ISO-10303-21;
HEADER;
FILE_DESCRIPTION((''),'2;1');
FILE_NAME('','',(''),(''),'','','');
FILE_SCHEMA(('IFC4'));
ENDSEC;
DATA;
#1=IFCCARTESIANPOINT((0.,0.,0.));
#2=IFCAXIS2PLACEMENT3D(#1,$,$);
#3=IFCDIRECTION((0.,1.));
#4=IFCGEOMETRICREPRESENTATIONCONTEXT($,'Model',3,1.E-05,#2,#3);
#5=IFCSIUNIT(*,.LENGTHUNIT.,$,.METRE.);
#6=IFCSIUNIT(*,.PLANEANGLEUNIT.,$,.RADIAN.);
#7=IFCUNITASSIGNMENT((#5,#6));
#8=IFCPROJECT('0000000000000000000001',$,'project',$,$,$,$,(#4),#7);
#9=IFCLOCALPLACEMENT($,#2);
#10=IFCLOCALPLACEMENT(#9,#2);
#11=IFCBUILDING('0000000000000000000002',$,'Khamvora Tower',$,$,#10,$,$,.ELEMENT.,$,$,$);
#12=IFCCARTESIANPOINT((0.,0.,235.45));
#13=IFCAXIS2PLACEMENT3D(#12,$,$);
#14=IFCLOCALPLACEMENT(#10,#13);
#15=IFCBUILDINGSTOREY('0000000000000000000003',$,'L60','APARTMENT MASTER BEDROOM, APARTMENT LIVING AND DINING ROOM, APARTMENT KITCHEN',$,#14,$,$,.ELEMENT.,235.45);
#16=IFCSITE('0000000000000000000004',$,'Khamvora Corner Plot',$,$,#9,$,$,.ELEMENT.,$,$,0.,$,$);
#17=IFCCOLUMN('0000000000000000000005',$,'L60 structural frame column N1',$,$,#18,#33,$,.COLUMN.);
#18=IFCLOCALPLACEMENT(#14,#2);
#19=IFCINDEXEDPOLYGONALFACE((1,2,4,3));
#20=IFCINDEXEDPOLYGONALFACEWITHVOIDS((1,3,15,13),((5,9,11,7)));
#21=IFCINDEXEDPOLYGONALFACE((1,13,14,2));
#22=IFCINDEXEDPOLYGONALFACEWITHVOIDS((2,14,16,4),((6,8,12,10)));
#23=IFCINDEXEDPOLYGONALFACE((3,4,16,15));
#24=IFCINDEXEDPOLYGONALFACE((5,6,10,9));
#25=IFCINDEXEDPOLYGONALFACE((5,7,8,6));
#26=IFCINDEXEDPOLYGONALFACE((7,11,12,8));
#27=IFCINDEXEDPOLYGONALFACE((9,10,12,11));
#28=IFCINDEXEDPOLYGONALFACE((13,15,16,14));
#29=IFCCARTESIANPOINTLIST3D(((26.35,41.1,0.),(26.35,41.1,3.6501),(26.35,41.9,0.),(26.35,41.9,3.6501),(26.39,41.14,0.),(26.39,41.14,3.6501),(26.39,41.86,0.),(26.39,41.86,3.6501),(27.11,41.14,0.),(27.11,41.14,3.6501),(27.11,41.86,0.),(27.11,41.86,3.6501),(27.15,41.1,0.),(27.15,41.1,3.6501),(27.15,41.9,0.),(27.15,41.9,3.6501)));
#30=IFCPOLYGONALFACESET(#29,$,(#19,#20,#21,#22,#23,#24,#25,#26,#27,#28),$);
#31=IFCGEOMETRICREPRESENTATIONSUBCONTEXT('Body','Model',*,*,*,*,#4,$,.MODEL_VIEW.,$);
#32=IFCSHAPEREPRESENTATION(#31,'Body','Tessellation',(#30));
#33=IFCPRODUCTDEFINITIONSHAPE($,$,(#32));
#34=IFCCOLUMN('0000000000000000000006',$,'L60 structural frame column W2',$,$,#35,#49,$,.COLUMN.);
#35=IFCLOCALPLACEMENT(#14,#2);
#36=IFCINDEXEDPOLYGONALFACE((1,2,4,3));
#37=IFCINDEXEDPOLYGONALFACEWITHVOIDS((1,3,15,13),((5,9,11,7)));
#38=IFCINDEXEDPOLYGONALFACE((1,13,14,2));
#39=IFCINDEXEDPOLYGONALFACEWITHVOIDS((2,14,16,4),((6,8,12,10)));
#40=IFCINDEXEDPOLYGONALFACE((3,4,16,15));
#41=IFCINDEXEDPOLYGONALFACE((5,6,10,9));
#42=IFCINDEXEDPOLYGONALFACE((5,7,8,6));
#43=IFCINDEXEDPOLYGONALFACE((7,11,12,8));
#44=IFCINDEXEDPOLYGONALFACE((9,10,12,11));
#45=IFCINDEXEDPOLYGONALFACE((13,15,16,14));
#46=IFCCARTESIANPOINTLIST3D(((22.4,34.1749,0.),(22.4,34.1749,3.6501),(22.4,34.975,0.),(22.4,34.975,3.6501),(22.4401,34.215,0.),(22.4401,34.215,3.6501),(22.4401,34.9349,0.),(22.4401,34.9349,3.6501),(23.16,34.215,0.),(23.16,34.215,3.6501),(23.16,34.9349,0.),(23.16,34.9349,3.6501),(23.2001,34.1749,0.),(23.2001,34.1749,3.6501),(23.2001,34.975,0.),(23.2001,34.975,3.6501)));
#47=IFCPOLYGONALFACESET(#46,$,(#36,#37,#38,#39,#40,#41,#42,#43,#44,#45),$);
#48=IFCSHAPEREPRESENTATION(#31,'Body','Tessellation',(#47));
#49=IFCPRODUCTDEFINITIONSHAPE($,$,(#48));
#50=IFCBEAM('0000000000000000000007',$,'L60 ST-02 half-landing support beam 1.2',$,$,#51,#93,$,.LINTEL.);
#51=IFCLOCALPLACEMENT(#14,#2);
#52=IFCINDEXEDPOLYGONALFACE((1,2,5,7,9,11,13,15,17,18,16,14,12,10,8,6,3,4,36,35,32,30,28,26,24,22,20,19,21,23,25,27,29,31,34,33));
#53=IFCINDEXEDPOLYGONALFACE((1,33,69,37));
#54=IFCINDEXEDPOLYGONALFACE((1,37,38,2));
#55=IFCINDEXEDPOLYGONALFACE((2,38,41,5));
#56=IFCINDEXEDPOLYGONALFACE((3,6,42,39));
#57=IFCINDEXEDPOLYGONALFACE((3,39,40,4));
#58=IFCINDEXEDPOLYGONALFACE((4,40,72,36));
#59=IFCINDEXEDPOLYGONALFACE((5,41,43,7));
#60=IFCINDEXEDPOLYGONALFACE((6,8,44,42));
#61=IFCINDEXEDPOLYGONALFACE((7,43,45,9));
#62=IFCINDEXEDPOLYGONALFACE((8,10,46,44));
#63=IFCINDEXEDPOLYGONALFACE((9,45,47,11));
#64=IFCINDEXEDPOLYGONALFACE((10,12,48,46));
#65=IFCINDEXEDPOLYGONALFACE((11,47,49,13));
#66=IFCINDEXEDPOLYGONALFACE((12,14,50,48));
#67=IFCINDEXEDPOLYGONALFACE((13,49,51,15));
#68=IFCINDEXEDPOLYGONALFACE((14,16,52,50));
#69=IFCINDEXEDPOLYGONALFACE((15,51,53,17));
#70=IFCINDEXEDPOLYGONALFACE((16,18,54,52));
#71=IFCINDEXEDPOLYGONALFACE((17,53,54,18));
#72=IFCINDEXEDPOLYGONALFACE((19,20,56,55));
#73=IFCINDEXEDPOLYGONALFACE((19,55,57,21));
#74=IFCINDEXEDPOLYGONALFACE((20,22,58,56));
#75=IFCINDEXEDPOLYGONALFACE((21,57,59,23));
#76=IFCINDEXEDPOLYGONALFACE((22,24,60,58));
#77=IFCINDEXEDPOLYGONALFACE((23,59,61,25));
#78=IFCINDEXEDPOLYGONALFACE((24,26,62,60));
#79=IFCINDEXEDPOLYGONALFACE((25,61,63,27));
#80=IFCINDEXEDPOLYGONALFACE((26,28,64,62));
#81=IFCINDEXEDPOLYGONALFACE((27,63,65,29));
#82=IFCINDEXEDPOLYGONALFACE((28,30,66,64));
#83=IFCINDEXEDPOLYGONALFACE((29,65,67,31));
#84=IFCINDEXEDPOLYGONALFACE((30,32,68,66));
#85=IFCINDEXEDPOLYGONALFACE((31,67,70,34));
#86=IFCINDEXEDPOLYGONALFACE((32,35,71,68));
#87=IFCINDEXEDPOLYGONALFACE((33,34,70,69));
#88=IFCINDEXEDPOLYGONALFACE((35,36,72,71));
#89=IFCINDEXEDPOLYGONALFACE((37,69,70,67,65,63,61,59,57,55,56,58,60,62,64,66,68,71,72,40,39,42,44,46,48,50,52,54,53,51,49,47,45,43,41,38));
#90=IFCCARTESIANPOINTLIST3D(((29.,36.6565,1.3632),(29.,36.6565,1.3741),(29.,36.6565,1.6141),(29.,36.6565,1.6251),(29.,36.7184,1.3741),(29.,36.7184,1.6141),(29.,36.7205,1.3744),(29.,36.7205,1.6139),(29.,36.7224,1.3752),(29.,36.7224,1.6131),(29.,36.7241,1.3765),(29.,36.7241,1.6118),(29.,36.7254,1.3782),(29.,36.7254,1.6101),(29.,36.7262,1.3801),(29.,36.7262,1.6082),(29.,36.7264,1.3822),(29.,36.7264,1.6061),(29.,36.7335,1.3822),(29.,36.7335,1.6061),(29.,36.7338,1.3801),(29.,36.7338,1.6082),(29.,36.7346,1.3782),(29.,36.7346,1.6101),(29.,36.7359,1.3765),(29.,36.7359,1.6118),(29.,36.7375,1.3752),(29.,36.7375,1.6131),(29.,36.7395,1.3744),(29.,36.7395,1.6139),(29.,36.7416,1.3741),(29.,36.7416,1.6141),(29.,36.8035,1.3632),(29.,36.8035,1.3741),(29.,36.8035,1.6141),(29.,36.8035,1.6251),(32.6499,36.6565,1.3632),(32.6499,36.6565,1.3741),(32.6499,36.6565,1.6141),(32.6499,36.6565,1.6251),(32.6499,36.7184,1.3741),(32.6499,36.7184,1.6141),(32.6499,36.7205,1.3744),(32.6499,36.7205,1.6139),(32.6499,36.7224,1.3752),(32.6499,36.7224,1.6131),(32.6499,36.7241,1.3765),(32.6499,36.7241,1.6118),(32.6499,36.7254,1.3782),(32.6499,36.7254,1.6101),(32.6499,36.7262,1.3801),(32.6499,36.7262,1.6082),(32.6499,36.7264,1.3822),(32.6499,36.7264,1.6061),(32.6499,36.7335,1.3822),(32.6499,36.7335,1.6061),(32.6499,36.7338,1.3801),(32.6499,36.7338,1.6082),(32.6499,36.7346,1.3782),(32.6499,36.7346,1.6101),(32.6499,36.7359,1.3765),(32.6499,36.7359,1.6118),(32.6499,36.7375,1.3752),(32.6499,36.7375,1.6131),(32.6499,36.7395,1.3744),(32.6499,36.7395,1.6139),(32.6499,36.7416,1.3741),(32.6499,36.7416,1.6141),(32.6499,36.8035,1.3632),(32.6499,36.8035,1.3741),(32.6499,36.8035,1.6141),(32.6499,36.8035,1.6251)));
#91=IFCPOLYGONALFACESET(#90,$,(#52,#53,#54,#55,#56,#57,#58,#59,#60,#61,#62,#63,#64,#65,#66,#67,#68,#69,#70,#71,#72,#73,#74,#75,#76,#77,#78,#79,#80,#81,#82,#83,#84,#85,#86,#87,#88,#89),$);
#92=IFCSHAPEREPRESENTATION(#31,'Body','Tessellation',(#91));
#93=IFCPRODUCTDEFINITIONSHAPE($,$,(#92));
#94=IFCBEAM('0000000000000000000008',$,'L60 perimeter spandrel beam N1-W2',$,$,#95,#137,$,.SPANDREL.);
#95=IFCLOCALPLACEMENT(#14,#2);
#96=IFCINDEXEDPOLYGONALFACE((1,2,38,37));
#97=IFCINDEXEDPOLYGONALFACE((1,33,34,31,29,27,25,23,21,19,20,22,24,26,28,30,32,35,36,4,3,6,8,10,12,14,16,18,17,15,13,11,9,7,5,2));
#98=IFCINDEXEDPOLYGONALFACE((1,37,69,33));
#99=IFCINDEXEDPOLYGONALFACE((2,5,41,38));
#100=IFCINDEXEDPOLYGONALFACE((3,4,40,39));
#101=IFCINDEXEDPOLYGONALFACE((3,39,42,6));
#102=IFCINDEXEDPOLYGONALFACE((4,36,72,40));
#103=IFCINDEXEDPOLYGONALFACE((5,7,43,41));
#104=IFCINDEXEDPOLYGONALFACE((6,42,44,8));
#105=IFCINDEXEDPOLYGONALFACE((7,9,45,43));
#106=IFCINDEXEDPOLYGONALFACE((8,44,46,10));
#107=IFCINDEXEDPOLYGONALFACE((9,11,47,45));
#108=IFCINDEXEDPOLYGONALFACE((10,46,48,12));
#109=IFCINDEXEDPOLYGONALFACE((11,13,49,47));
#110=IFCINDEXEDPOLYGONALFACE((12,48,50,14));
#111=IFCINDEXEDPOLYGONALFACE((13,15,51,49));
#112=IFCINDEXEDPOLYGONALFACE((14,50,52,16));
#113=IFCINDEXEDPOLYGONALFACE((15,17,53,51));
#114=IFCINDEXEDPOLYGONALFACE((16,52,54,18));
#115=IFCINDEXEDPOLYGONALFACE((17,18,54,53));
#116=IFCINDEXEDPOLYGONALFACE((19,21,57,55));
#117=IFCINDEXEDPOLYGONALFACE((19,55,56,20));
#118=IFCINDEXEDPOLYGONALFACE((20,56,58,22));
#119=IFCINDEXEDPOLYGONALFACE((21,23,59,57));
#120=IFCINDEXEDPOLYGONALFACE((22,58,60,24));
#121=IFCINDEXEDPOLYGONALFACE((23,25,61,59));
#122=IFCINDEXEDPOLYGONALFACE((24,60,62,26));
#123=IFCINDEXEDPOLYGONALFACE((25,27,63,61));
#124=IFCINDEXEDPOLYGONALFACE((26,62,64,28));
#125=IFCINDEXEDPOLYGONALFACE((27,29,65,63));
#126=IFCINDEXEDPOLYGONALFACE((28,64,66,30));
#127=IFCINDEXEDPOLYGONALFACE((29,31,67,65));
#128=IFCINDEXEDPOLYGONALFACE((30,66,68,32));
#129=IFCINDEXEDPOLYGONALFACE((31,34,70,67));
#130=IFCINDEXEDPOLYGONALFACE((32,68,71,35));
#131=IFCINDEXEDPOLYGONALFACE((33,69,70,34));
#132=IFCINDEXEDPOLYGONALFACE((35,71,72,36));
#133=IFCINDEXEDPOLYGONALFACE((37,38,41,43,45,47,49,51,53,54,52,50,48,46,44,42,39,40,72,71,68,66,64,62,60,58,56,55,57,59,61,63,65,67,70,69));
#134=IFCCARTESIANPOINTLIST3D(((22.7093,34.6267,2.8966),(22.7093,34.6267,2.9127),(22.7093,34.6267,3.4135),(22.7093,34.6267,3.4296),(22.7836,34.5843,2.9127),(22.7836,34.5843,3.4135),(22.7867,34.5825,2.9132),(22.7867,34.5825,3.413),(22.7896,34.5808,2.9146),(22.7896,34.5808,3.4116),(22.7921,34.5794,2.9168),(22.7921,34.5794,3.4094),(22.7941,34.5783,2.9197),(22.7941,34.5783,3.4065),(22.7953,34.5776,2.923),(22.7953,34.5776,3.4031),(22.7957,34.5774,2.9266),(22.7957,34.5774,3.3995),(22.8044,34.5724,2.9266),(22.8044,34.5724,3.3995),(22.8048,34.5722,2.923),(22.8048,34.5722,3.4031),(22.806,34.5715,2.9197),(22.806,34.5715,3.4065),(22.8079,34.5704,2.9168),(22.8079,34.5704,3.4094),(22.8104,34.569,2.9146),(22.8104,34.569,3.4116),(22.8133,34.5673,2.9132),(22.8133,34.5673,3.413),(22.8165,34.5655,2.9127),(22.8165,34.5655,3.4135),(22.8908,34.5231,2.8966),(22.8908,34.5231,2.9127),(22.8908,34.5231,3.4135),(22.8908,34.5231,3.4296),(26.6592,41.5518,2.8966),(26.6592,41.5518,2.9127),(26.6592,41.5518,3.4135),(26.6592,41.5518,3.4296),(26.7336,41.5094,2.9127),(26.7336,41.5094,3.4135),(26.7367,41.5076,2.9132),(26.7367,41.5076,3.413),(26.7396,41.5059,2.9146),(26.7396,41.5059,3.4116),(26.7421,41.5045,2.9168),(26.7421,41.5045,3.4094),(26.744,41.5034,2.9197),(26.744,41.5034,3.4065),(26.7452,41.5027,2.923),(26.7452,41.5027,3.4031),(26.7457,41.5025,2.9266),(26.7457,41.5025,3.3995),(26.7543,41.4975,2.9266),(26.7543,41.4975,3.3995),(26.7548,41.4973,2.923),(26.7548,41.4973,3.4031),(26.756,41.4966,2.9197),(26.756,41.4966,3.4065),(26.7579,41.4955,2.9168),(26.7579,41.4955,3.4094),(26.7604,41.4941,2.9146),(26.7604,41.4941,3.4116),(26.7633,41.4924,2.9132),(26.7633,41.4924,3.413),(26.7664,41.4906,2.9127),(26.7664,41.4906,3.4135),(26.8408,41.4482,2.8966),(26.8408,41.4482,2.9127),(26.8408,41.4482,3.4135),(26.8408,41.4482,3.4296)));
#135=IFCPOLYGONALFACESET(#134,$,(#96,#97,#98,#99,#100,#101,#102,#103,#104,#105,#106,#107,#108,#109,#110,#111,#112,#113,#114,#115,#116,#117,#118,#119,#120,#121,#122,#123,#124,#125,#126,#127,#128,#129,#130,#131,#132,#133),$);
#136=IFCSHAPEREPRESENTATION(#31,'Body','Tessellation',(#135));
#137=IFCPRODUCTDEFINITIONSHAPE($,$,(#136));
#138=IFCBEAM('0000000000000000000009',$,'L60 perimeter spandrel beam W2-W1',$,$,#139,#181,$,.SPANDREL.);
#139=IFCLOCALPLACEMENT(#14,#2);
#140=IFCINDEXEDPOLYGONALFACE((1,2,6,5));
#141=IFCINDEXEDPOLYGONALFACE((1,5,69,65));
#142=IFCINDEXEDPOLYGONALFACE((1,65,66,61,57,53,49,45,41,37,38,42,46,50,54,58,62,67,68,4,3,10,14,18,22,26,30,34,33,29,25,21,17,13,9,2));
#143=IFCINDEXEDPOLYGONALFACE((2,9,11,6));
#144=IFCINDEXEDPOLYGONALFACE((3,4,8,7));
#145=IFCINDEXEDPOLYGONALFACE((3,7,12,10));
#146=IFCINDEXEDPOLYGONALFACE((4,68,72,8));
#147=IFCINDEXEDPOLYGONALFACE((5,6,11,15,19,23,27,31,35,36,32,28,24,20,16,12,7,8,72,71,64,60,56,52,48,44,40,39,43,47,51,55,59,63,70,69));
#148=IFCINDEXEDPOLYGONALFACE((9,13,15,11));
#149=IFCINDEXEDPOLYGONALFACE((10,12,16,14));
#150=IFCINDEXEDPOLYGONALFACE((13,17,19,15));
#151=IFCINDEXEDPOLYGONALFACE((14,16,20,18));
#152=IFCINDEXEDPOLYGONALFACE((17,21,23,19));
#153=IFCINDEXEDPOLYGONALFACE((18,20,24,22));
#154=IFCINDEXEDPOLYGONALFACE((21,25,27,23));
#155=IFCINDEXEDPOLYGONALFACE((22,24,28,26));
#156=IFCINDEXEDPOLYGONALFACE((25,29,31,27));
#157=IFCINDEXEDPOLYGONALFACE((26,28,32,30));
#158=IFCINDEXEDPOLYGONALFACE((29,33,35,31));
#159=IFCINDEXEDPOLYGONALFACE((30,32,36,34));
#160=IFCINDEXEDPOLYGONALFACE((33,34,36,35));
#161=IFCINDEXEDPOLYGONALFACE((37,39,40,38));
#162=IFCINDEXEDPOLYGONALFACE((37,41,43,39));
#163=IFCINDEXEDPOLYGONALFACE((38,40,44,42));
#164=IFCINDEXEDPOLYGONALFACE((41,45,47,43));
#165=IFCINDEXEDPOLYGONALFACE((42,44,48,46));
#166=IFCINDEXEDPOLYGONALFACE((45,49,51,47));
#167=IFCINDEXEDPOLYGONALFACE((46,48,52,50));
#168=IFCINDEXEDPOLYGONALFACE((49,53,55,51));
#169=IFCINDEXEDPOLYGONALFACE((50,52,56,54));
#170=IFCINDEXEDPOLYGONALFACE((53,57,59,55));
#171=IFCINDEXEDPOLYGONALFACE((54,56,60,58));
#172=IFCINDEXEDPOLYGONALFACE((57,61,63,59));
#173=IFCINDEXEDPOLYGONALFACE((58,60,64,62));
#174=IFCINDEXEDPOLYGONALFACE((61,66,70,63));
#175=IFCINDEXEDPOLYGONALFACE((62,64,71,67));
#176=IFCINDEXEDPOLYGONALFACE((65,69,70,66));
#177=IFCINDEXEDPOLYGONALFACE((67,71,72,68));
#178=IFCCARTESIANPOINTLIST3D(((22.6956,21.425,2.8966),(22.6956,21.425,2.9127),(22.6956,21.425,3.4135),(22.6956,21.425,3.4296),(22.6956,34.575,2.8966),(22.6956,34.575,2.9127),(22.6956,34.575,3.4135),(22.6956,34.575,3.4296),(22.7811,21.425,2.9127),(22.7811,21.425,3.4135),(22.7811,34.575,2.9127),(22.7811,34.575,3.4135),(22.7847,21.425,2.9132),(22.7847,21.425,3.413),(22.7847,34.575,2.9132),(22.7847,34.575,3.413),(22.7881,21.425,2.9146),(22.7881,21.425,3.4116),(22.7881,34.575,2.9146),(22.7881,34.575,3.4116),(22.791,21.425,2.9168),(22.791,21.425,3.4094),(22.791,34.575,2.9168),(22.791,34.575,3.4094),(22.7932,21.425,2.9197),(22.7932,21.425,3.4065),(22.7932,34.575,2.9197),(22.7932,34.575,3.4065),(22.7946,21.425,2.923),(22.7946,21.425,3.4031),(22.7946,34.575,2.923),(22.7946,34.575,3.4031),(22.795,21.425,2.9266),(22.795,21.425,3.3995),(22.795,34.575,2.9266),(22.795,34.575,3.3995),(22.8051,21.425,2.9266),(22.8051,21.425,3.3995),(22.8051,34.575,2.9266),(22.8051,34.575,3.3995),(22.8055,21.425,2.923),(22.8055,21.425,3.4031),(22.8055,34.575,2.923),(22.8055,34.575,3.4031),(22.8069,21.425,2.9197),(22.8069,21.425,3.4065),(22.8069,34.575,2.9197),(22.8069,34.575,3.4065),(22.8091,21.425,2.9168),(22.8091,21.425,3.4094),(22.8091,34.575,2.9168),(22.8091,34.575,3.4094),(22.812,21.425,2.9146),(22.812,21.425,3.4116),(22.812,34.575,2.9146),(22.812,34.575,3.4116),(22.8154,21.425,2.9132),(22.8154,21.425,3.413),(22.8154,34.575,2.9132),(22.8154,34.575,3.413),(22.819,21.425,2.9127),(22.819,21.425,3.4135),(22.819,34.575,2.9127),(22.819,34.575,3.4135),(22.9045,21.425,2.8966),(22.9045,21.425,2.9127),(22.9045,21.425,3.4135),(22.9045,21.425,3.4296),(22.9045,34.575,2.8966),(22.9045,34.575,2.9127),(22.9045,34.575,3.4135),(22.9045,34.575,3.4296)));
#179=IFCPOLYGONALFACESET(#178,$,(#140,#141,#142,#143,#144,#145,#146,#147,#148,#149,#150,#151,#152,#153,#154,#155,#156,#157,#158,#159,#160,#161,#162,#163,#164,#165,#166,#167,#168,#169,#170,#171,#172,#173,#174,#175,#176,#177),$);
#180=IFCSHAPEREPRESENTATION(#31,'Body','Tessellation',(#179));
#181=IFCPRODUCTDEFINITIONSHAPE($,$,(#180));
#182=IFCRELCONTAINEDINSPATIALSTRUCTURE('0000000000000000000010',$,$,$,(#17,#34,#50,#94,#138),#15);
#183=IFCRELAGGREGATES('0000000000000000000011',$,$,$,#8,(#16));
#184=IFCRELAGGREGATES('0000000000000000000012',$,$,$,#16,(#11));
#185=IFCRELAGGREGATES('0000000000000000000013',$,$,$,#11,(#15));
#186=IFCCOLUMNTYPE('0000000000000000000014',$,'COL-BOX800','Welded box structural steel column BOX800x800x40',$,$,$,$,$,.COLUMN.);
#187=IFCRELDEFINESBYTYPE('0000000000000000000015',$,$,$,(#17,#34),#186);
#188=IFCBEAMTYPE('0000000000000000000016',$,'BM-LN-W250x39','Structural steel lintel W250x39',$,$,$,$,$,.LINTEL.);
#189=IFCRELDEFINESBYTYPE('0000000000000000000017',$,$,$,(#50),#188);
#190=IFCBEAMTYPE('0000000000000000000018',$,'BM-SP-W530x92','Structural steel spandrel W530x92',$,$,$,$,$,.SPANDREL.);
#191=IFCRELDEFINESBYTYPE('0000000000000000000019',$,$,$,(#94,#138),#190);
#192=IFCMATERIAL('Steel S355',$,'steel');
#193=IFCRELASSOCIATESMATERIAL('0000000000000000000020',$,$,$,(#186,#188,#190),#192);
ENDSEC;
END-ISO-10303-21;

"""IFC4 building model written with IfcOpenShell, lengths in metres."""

from ifc_helpers import new_model, si_unit, direction, frame, origin, origin_2d, place, context, subcontext, project, spatial, hollow_rectangle, i_section, extrude, material, material_profile, profile_set, type_object, element, save


model = new_model("IFC4")

# Units and contexts
model_context = context("Model", 3, precision=1e-05, world=origin(), true_north=direction((0.0, 1.0)))
body_context = subcontext(model_context, "Body", "Model", "MODEL_VIEW")
ifc_project = project(units=[si_unit("LENGTHUNIT", "METRE"), si_unit("PLANEANGLEUNIT", "RADIAN")], contexts=[model_context])

# Site, building, storey
site_placement = place(None, origin())
site = spatial("IfcSite", under=ifc_project, at=site_placement, Name="Khamvora Corner Plot", CompositionType="ELEMENT", RefElevation=0.0)
building_placement = place(site_placement, origin())
building = spatial("IfcBuilding", under=site, at=building_placement, Name="Khamvora Tower", CompositionType="ELEMENT")
storey_placement = place(building_placement, frame((0.0, 0.0, 235.45)))
storey = spatial("IfcBuildingStorey", under=building, at=storey_placement, Name="L60", Description="APARTMENT MASTER BEDROOM, APARTMENT LIVING AND DINING ROOM, APARTMENT KITCHEN", CompositionType="ELEMENT", Elevation=235.45)

# Columns
ifc_material_1 = material(Name="Steel S355", Category="steel")
ifc_material_profile_1 = material_profile(ifc_material_1, hollow_rectangle(XDim=0.8, YDim=0.8, WallThickness=0.04, at=origin_2d()), Name="BOX800x800x40")
ifc_profile_set_1 = profile_set([ifc_material_profile_1], Name="Steel S355")
column_type = type_object("IfcColumnType", Name="COL-BOX800", Description="Welded box structural steel column BOX800x800x40", PredefinedType="COLUMN", material=ifc_profile_set_1)
for number, where, z_axis, x_axis, name in (
    (1, (26.75, 41.5, 0.0), (0.0, 0.0, 1.0), (1.0, 0.0, 0.0), "L60 structural frame column N1"),
    (2, (22.8, 34.575, 0.0), (0.0, 0.0, 1.0), (1.0, 0.0, 0.0), "L60 structural frame column W2"),
):
    element("IfcColumn", number, at=place(storey_placement, frame(where, z_axis=z_axis, x_axis=x_axis)), inside=storey, type_object=column_type, Name=name, PredefinedType="COLUMN", context=body_context, shape_type="SweptSolid", body=[
        extrude(hollow_rectangle(XDim=0.8, YDim=0.8, WallThickness=0.04, at=origin_2d()), origin(), (0.0, 0.0, 1.0), 3.6501),
    ])

# Beams
ifc_material_profile_2 = material_profile(ifc_material_1, i_section(OverallWidth=0.147, OverallDepth=0.262, WebThickness=0.0071, FlangeThickness=0.011, FilletRadius=0.0081, at=origin_2d()), Name="W250x39")
ifc_profile_set_2 = profile_set([ifc_material_profile_2], Name="Steel S355")
beam_type_1 = type_object("IfcBeamType", Name="BM-LN-W250x39", Description="Structural steel lintel W250x39", PredefinedType="LINTEL", material=ifc_profile_set_2)
beam_1_placement = place(storey_placement, frame((29.0, 36.73, 1.4941), z_axis=(1.0, 0.0, 0.0), x_axis=(0.0, 1.0, 0.0)))
element("IfcBeam", 3, at=beam_1_placement, inside=storey, type_object=beam_type_1, Name="L60 ST-02 half-landing support beam 1.2", PredefinedType="LINTEL", context=body_context, shape_type="SweptSolid", body=[
    extrude(i_section(OverallWidth=0.147, OverallDepth=0.262, WebThickness=0.0071, FlangeThickness=0.011, FilletRadius=0.0081, at=origin_2d()), origin(), (0.0, 0.0, 1.0), 3.6499),
])
ifc_material_profile_3 = material_profile(ifc_material_1, i_section(OverallWidth=0.209, OverallDepth=0.533, WebThickness=0.01, FlangeThickness=0.0161, FilletRadius=0.0139, at=origin_2d()), Name="W530x92")
ifc_profile_set_3 = profile_set([ifc_material_profile_3], Name="Steel S355")
beam_type_2 = type_object("IfcBeamType", Name="BM-SP-W530x92", Description="Structural steel spandrel W530x92", PredefinedType="SPANDREL", material=ifc_profile_set_3)
beam_2_placement = place(storey_placement, frame((26.75, 41.5, 3.1631), z_axis=(-0.495456, -0.868633, 0.0), x_axis=(0.868633, -0.495456, 0.0)))
element("IfcBeam", 4, at=beam_2_placement, inside=storey, type_object=beam_type_2, Name="L60 perimeter spandrel beam N1-W2", PredefinedType="SPANDREL", context=body_context, shape_type="SweptSolid", body=[
    extrude(i_section(OverallWidth=0.209, OverallDepth=0.533, WebThickness=0.01, FlangeThickness=0.0161, FilletRadius=0.0139, at=origin_2d()), origin(), (0.0, 0.0, 1.0), 7.9724),
])
beam_3_placement = place(storey_placement, frame((22.8, 34.575, 3.1631), z_axis=(0.0, -1.0, 0.0), x_axis=(1.0, 0.0, 0.0)))
element("IfcBeam", 5, at=beam_3_placement, inside=storey, type_object=beam_type_2, Name="L60 perimeter spandrel beam W2-W1", PredefinedType="SPANDREL", context=body_context, shape_type="SweptSolid", body=[
    extrude(i_section(OverallWidth=0.209, OverallDepth=0.533, WebThickness=0.01, FlangeThickness=0.0161, FilletRadius=0.0139, at=origin_2d()), origin(), (0.0, 0.0, 1.0), 13.1499),
])

save(model, "model.ifc")
